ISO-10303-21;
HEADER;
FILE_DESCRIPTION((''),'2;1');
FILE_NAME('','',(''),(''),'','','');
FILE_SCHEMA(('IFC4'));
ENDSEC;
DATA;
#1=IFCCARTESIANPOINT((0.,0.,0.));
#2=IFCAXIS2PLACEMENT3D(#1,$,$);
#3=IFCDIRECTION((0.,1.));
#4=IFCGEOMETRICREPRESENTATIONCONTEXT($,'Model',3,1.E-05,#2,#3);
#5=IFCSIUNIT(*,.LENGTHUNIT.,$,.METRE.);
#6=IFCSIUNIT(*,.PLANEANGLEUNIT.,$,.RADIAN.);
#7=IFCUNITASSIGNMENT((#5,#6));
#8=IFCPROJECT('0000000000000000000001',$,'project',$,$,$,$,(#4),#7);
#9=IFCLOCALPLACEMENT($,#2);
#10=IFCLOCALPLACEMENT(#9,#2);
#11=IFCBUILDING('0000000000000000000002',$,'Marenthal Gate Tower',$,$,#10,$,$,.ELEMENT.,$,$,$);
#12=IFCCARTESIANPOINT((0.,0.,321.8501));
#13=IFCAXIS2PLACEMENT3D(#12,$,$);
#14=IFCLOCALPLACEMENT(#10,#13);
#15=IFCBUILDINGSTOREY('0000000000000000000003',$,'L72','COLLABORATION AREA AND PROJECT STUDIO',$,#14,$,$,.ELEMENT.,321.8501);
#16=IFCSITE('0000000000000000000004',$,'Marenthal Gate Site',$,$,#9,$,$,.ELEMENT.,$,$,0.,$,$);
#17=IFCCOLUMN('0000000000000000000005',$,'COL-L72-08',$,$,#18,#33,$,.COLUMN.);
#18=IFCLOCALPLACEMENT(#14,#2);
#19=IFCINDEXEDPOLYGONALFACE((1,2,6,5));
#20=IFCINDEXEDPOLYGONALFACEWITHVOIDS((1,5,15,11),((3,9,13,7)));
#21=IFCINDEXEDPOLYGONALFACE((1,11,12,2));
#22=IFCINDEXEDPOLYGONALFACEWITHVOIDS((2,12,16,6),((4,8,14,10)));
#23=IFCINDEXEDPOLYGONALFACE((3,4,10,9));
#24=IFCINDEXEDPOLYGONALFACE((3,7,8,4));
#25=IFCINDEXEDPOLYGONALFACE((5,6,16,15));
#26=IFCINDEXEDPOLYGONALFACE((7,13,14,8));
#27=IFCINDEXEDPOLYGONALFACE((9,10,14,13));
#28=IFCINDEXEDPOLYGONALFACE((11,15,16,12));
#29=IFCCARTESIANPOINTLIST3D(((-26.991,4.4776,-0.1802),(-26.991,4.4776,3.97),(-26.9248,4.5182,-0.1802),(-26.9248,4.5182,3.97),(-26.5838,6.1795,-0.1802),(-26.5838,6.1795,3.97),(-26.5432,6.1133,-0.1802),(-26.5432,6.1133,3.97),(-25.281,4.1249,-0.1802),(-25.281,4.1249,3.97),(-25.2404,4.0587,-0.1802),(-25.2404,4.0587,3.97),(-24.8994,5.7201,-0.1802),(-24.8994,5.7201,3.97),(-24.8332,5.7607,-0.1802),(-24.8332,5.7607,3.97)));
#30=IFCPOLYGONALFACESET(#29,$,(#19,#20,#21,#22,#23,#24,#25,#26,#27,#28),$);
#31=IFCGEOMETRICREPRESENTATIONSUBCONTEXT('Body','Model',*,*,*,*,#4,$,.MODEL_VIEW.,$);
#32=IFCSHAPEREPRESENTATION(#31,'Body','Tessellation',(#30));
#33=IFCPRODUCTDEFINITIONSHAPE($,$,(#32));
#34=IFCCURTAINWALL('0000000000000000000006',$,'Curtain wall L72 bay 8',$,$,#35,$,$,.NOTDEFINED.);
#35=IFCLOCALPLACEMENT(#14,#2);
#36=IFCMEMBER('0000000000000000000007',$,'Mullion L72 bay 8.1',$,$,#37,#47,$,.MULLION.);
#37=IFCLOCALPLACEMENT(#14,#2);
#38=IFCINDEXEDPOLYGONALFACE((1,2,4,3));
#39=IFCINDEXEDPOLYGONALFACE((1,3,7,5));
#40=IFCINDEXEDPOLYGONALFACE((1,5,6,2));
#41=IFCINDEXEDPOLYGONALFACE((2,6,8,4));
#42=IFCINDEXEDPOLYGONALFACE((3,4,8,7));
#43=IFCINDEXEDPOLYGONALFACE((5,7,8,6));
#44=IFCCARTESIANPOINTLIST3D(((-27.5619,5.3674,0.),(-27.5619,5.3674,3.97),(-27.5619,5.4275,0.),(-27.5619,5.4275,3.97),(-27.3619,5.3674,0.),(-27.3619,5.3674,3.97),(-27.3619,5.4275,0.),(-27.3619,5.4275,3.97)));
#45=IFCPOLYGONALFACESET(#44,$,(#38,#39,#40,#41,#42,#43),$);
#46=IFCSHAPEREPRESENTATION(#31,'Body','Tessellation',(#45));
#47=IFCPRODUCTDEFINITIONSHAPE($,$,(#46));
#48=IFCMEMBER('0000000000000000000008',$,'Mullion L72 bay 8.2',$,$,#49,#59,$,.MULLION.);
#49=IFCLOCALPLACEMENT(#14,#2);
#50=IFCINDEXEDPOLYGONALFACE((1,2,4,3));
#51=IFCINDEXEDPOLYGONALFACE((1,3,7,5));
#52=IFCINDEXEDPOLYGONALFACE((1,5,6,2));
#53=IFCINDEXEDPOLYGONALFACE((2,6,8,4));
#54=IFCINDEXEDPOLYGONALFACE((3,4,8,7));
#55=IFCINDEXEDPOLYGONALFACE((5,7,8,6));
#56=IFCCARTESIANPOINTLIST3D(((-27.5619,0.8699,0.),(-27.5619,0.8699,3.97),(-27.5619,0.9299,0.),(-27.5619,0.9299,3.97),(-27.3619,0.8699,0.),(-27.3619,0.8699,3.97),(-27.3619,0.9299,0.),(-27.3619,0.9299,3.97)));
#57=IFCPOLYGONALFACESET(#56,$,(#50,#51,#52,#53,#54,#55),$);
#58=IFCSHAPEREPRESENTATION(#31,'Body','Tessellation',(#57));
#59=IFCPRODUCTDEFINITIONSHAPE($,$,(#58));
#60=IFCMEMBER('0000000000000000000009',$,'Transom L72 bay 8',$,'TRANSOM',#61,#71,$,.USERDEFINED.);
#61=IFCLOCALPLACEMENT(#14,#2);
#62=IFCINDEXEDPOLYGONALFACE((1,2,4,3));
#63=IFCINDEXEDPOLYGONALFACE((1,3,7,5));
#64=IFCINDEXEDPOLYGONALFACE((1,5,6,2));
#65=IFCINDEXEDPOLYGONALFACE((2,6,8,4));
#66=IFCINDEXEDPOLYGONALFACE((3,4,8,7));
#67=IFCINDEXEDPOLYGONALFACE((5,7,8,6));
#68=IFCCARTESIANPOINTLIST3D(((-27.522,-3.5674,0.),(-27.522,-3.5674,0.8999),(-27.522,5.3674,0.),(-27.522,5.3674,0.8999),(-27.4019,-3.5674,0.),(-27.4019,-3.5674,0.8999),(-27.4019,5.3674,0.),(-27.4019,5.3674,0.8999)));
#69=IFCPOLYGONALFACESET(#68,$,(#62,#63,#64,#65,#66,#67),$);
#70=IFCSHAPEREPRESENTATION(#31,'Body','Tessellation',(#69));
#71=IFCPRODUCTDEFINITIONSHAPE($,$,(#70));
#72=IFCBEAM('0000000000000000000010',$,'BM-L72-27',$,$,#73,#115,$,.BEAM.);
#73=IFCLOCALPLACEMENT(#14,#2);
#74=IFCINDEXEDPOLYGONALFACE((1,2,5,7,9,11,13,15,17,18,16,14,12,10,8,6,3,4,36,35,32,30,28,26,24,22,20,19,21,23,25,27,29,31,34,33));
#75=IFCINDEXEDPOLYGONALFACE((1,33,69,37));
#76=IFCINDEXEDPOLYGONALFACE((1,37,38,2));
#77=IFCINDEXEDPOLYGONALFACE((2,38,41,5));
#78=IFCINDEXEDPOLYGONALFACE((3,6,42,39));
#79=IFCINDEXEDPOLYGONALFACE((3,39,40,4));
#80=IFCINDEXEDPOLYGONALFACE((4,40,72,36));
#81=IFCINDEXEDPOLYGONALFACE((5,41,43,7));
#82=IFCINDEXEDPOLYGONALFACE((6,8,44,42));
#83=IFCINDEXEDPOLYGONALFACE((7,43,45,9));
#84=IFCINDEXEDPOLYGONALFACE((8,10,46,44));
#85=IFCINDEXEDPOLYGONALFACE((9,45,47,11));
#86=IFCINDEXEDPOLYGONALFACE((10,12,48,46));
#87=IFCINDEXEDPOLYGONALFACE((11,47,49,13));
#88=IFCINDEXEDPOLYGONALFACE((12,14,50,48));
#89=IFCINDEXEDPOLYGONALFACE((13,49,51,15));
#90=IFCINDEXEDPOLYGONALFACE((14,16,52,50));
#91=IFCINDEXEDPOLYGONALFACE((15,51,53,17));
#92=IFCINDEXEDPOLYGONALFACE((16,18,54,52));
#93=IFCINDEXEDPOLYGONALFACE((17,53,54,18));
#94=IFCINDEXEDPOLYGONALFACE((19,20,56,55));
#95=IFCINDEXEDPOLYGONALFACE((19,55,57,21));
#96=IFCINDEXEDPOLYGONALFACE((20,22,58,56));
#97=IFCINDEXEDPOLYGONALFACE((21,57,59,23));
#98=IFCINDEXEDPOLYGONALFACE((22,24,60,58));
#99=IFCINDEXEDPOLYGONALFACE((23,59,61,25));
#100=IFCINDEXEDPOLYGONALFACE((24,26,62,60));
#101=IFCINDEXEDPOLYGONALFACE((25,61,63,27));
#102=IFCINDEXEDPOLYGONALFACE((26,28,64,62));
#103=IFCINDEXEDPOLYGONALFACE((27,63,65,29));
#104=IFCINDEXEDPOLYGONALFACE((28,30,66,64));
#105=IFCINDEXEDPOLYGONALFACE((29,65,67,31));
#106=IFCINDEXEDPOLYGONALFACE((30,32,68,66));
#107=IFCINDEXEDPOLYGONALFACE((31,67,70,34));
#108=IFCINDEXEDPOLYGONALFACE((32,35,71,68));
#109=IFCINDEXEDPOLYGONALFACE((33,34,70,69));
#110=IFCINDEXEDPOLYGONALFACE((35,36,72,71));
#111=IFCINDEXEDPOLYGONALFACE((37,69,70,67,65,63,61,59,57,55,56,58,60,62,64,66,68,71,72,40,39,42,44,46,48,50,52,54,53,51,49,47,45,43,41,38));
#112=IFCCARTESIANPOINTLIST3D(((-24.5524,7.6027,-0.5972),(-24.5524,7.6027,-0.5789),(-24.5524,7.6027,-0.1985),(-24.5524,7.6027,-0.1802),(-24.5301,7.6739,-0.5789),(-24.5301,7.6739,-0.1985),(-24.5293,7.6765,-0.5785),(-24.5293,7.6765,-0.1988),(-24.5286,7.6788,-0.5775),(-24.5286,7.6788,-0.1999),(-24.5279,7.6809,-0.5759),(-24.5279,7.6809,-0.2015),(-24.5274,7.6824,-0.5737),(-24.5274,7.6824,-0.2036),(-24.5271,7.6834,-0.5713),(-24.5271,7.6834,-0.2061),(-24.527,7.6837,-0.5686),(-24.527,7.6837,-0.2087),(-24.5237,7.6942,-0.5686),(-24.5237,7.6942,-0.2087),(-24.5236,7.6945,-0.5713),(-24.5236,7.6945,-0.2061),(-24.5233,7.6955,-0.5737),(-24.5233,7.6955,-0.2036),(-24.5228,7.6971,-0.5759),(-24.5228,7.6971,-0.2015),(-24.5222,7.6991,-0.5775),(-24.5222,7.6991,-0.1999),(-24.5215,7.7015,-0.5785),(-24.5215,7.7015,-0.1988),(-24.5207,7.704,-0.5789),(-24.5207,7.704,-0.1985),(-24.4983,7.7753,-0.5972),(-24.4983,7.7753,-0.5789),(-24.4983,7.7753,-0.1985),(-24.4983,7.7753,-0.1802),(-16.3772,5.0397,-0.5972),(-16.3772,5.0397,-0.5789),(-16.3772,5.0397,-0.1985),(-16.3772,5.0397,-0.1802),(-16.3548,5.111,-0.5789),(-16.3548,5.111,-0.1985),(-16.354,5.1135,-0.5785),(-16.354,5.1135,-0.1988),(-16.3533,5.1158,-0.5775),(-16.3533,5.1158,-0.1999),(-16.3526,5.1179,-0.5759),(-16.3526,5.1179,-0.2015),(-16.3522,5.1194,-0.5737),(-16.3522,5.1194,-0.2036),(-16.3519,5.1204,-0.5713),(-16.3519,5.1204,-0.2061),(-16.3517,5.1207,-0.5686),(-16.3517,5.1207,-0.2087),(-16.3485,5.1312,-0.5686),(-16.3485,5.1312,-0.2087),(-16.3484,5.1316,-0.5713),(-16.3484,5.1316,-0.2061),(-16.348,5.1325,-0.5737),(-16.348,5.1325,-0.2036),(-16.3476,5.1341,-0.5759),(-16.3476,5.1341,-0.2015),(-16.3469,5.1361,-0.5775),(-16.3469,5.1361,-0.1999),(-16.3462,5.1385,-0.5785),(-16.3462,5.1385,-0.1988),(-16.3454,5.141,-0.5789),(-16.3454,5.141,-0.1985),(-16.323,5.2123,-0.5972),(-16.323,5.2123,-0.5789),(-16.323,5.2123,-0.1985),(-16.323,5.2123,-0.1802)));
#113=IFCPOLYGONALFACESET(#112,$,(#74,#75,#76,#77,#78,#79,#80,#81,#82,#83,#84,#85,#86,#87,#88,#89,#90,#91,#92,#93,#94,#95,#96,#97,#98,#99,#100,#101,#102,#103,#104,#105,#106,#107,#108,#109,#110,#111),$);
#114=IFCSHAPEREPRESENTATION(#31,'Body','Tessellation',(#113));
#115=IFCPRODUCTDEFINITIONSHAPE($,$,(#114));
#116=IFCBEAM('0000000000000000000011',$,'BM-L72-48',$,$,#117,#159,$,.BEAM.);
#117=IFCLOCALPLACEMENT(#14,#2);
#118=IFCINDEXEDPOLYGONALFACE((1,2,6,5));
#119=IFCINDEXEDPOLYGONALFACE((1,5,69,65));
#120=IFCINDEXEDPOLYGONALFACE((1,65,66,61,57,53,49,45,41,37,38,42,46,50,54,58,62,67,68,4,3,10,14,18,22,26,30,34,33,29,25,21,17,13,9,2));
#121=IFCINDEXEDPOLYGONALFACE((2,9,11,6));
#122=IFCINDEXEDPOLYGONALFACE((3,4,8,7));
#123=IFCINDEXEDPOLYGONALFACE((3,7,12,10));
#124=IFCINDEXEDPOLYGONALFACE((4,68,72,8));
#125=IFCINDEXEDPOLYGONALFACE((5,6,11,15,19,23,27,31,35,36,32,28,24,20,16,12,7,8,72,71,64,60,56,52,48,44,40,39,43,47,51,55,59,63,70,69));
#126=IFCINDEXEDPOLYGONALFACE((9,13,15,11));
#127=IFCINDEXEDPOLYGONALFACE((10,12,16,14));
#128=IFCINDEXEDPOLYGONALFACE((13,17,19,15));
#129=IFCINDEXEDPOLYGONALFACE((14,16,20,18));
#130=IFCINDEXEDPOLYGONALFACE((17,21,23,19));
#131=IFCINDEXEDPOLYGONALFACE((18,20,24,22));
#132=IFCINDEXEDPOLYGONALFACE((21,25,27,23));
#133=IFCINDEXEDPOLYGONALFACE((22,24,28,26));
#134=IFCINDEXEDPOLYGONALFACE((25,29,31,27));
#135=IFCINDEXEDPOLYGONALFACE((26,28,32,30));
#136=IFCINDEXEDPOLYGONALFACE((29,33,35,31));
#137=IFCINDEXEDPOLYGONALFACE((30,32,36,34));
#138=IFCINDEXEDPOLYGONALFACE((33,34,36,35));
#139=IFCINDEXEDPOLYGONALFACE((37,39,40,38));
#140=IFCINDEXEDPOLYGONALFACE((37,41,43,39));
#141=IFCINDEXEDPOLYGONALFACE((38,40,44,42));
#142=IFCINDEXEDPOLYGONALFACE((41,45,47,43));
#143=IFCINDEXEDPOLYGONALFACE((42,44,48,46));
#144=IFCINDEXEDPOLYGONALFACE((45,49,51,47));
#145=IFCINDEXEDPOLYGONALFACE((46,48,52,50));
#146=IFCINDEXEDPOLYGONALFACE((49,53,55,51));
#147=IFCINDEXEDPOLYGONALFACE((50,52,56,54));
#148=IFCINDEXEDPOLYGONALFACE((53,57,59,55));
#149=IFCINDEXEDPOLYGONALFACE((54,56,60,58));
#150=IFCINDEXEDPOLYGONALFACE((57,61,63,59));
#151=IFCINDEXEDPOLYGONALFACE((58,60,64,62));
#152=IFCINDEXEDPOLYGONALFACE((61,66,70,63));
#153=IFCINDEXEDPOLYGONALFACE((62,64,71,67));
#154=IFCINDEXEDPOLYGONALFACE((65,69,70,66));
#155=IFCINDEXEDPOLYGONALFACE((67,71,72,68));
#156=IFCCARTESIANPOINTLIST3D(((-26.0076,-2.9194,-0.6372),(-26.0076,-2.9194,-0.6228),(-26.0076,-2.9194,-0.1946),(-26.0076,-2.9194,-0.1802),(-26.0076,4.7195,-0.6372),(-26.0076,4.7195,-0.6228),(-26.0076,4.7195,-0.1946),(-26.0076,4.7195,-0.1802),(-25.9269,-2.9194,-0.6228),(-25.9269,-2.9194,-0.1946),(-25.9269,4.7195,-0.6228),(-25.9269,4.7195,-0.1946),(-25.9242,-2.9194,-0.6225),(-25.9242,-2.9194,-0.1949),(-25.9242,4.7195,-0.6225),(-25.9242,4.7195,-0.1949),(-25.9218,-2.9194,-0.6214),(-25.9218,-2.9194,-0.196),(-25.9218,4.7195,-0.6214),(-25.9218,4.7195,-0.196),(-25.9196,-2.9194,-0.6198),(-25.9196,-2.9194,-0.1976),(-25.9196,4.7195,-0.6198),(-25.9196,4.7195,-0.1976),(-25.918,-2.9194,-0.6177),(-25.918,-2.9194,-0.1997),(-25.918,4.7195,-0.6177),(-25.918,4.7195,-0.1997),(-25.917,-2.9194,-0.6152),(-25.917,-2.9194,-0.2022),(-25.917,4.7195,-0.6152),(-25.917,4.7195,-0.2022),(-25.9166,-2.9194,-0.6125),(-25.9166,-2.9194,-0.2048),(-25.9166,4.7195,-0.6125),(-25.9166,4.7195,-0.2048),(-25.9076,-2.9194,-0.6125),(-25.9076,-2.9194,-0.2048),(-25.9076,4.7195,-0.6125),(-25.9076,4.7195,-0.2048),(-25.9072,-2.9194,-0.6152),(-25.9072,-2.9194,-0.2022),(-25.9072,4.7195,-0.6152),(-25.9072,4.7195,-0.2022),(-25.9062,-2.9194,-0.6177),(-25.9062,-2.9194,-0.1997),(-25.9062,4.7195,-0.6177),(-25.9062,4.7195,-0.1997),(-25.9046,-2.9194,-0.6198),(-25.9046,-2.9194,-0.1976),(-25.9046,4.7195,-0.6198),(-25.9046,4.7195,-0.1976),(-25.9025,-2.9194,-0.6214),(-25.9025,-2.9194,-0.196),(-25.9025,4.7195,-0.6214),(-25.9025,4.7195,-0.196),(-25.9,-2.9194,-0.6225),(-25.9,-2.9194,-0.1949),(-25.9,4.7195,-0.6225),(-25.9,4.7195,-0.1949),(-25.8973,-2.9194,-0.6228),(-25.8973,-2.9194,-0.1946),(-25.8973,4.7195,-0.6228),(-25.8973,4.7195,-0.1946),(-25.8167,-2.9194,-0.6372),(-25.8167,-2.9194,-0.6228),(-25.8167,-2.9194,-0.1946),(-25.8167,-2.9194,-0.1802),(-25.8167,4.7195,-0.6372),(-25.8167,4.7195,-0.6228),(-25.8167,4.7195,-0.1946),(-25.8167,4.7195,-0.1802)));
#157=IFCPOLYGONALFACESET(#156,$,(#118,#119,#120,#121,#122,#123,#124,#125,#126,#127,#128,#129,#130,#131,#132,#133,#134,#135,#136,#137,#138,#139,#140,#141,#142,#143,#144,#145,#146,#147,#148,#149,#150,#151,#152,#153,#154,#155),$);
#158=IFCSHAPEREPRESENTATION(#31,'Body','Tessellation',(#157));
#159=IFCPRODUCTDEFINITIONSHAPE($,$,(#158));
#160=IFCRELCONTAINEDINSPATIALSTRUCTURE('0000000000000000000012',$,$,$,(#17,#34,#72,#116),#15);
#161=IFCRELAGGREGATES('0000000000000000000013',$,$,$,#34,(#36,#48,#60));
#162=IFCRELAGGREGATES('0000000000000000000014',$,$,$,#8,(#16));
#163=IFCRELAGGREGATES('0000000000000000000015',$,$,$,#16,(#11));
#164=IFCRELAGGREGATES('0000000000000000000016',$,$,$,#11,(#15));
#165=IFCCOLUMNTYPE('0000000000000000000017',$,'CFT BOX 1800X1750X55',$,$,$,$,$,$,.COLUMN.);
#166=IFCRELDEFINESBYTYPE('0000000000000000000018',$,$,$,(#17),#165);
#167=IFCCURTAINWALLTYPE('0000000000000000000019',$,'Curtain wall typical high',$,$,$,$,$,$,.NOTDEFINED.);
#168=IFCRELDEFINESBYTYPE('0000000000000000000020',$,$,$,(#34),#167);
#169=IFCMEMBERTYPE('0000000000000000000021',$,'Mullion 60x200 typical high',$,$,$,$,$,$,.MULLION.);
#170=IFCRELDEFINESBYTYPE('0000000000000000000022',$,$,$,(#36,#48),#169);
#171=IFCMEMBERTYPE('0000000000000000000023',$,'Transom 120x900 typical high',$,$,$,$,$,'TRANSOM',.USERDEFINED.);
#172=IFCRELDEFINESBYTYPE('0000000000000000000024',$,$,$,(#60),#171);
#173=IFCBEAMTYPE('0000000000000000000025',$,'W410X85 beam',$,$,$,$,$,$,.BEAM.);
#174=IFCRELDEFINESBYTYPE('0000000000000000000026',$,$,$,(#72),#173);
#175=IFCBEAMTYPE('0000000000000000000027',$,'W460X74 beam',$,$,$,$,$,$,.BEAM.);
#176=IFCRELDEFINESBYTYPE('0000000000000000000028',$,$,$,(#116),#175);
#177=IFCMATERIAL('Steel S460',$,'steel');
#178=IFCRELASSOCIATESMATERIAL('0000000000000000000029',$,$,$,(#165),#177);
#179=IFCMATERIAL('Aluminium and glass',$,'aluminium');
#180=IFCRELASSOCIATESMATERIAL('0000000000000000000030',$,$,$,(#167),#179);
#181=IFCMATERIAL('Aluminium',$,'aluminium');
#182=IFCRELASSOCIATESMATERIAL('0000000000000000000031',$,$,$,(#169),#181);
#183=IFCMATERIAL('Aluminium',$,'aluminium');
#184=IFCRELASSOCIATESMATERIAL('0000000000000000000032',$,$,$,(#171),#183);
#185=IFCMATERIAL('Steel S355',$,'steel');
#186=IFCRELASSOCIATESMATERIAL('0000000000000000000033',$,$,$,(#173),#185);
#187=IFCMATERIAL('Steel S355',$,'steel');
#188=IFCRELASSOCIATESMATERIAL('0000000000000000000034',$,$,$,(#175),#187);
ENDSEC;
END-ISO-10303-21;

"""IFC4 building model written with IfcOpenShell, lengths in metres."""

from ifc_helpers import new_model, si_unit, direction, frame, origin, origin_2d, place, context, subcontext, project, spatial, rectangle, hollow_rectangle, i_section, extrude, material, material_profile, profile_set, type_object, element, aggregate, save


model = new_model("IFC4")

# Units and contexts
model_context = context("Model", 3, precision=1e-05, world=origin(), true_north=direction((0.0, 1.0)))
body_context = subcontext(model_context, "Body", "Model", "MODEL_VIEW")
ifc_project = project(units=[si_unit("LENGTHUNIT", "METRE"), si_unit("PLANEANGLEUNIT", "RADIAN")], contexts=[model_context])

# Site, building, storey
site_placement = place(None, origin())
site = spatial("IfcSite", under=ifc_project, at=site_placement, Name="Marenthal Gate Site", CompositionType="ELEMENT", RefElevation=0.0)
building_placement = place(site_placement, origin())
building = spatial("IfcBuilding", under=site, at=building_placement, Name="Marenthal Gate Tower", CompositionType="ELEMENT")
storey_placement = place(building_placement, frame((0.0, 0.0, 321.8501)))
storey = spatial("IfcBuildingStorey", under=building, at=storey_placement, Name="L72", Description="COLLABORATION AREA AND PROJECT STUDIO", CompositionType="ELEMENT", Elevation=321.8501)

# Column
ifc_material_1 = material(Name="Steel S460", Category="steel")
ifc_material_profile_1 = material_profile(ifc_material_1, hollow_rectangle(XDim=1.75, YDim=1.8, WallThickness=0.0549, at=origin_2d()), Name="CFT BOX 1800X1750X55")
ifc_material_2 = material(Name="Concrete 70 MPa", Category="concrete")
ifc_material_profile_2 = material_profile(ifc_material_2, rectangle(XDim=1.6399, YDim=1.6899, at=origin_2d()), Name="CFT BOX 1800X1750X55 INFILL")
ifc_profile_set_1 = profile_set([ifc_material_profile_1, ifc_material_profile_2], Name="Steel S460 shell, Concrete 70 MPa infill")
column_type = type_object("IfcColumnType", Name="CFT BOX 1800X1750X55", PredefinedType="COLUMN", material=ifc_profile_set_1)
column_placement = place(storey_placement, frame((-25.9121, 5.1191, -0.1802), z_axis=(0.0, 0.0, 1.0), x_axis=(0.232677, 0.972554, 0.0)))
element("IfcColumn", 1, at=column_placement, inside=storey, type_object=column_type, Name="COL-L72-08", PredefinedType="COLUMN", context=body_context, shape_type="SweptSolid", body=[
    extrude(hollow_rectangle(XDim=1.75, YDim=1.8, WallThickness=0.0549, at=origin_2d()), origin(), (0.0, 0.0, 1.0), 4.1501),
])

# Curtain wall, members
ifc_material_3 = material(Name="Aluminium and glass", Category="aluminium")
curtain_wall_type = type_object("IfcCurtainWallType", Name="Curtain wall typical high", PredefinedType="NOTDEFINED", material=ifc_material_3)
curtain_wall_placement = place(storey_placement, origin())
curtain_wall = element("IfcCurtainWall", 2, at=curtain_wall_placement, inside=storey, type_object=curtain_wall_type, Name="Curtain wall L72 bay 8", PredefinedType="NOTDEFINED")
ifc_material_4 = material(Name="Aluminium", Category="aluminium")
ifc_material_profile_3 = material_profile(ifc_material_4, rectangle(XDim=0.2, YDim=0.0601, at=origin_2d()), Name="60x200 aluminium mullion")
ifc_profile_set_2 = profile_set([ifc_material_profile_3], Name="Aluminium")
member_type_1 = type_object("IfcMemberType", Name="Mullion 60x200 typical high", PredefinedType="MULLION", material=ifc_profile_set_2)
member_1_placement = place(storey_placement, frame((-27.4619, 5.3975, 0.0), z_axis=(0.0, 0.0, 1.0), x_axis=(1.0, 0.0, 0.0)))
member_1 = element("IfcMember", 3, at=member_1_placement, type_object=member_type_1, Name="Mullion L72 bay 8.1", PredefinedType="MULLION", context=body_context, shape_type="SweptSolid", body=[
    extrude(rectangle(XDim=0.2, YDim=0.0601, at=origin_2d()), origin(), (0.0, 0.0, 1.0), 3.97),
])
member_2_placement = place(storey_placement, frame((-27.4619, 0.8999, 0.0), z_axis=(0.0, 0.0, 1.0), x_axis=(1.0, 0.0, 0.0)))
member_2 = element("IfcMember", 4, at=member_2_placement, type_object=member_type_1, Name="Mullion L72 bay 8.2", PredefinedType="MULLION", context=body_context, shape_type="SweptSolid", body=[
    extrude(rectangle(XDim=0.2, YDim=0.0601, at=origin_2d()), origin(), (0.0, 0.0, 1.0), 3.97),
])
ifc_material_5 = material(Name="Aluminium", Category="aluminium")
ifc_material_profile_4 = material_profile(ifc_material_5, rectangle(XDim=0.1201, YDim=0.8999, at=origin_2d()), Name="120x900 aluminium transom")
ifc_profile_set_3 = profile_set([ifc_material_profile_4], Name="Aluminium")
member_type_2 = type_object("IfcMemberType", Name="Transom 120x900 typical high", ElementType="TRANSOM", PredefinedType="USERDEFINED", material=ifc_profile_set_3)
member_3_placement = place(storey_placement, frame((-27.4619, 5.3674, 0.45), z_axis=(0.0, -1.0, 0.0), x_axis=(1.0, 0.0, 0.0)))
member_3 = element("IfcMember", 5, at=member_3_placement, type_object=member_type_2, Name="Transom L72 bay 8", ObjectType="TRANSOM", PredefinedType="USERDEFINED", context=body_context, shape_type="SweptSolid", body=[
    extrude(rectangle(XDim=0.1201, YDim=0.8999, at=origin_2d()), origin(), (0.0, 0.0, 1.0), 8.9348),
])

# Beams
ifc_material_6 = material(Name="Steel S355", Category="steel")
ifc_material_profile_5 = material_profile(ifc_material_6, i_section(OverallWidth=0.1809, OverallDepth=0.417, WebThickness=0.011, FlangeThickness=0.0183, FilletRadius=0.0103, at=origin_2d()), Name="W410X85")
ifc_profile_set_4 = profile_set([ifc_material_profile_5], Name="Steel S355")
beam_type_1 = type_object("IfcBeamType", Name="W410X85 beam", PredefinedType="BEAM", material=ifc_profile_set_4)
beam_1_placement = place(storey_placement, frame((-24.5254, 7.689, -0.3887), z_axis=(0.954207, -0.299148, 0.0), x_axis=(0.299148, 0.954207, 0.0)))
element("IfcBeam", 6, at=beam_1_placement, inside=storey, type_object=beam_type_1, Name="BM-L72-27", PredefinedType="BEAM", context=body_context, shape_type="SweptSolid", body=[
    extrude(i_section(OverallWidth=0.1809, OverallDepth=0.417, WebThickness=0.011, FlangeThickness=0.0183, FilletRadius=0.0103, at=origin_2d()), origin(), (0.0, 0.0, 1.0), 8.5676),
])
ifc_material_7 = material(Name="Steel S355", Category="steel")
ifc_material_profile_6 = material_profile(ifc_material_7, i_section(OverallWidth=0.1909, OverallDepth=0.457, WebThickness=0.009, FlangeThickness=0.0144, FilletRadius=0.0103, at=origin_2d()), Name="W460X74")
ifc_profile_set_5 = profile_set([ifc_material_profile_6], Name="Steel S355")
beam_type_2 = type_object("IfcBeamType", Name="W460X74 beam", PredefinedType="BEAM", material=ifc_profile_set_5)
beam_2_placement = place(storey_placement, frame((-25.9121, 4.7195, -0.4087), z_axis=(0.0, -1.0, 0.0), x_axis=(1.0, 0.0, 0.0)))
element("IfcBeam", 7, at=beam_2_placement, inside=storey, type_object=beam_type_2, Name="BM-L72-48", PredefinedType="BEAM", context=body_context, shape_type="SweptSolid", body=[
    extrude(i_section(OverallWidth=0.1909, OverallDepth=0.457, WebThickness=0.009, FlangeThickness=0.0144, FilletRadius=0.0103, at=origin_2d()), origin(), (0.0, 0.0, 1.0), 7.6389),
])

aggregate(curtain_wall, [member_1, member_2, member_3])

save(model, "model.ifc")
